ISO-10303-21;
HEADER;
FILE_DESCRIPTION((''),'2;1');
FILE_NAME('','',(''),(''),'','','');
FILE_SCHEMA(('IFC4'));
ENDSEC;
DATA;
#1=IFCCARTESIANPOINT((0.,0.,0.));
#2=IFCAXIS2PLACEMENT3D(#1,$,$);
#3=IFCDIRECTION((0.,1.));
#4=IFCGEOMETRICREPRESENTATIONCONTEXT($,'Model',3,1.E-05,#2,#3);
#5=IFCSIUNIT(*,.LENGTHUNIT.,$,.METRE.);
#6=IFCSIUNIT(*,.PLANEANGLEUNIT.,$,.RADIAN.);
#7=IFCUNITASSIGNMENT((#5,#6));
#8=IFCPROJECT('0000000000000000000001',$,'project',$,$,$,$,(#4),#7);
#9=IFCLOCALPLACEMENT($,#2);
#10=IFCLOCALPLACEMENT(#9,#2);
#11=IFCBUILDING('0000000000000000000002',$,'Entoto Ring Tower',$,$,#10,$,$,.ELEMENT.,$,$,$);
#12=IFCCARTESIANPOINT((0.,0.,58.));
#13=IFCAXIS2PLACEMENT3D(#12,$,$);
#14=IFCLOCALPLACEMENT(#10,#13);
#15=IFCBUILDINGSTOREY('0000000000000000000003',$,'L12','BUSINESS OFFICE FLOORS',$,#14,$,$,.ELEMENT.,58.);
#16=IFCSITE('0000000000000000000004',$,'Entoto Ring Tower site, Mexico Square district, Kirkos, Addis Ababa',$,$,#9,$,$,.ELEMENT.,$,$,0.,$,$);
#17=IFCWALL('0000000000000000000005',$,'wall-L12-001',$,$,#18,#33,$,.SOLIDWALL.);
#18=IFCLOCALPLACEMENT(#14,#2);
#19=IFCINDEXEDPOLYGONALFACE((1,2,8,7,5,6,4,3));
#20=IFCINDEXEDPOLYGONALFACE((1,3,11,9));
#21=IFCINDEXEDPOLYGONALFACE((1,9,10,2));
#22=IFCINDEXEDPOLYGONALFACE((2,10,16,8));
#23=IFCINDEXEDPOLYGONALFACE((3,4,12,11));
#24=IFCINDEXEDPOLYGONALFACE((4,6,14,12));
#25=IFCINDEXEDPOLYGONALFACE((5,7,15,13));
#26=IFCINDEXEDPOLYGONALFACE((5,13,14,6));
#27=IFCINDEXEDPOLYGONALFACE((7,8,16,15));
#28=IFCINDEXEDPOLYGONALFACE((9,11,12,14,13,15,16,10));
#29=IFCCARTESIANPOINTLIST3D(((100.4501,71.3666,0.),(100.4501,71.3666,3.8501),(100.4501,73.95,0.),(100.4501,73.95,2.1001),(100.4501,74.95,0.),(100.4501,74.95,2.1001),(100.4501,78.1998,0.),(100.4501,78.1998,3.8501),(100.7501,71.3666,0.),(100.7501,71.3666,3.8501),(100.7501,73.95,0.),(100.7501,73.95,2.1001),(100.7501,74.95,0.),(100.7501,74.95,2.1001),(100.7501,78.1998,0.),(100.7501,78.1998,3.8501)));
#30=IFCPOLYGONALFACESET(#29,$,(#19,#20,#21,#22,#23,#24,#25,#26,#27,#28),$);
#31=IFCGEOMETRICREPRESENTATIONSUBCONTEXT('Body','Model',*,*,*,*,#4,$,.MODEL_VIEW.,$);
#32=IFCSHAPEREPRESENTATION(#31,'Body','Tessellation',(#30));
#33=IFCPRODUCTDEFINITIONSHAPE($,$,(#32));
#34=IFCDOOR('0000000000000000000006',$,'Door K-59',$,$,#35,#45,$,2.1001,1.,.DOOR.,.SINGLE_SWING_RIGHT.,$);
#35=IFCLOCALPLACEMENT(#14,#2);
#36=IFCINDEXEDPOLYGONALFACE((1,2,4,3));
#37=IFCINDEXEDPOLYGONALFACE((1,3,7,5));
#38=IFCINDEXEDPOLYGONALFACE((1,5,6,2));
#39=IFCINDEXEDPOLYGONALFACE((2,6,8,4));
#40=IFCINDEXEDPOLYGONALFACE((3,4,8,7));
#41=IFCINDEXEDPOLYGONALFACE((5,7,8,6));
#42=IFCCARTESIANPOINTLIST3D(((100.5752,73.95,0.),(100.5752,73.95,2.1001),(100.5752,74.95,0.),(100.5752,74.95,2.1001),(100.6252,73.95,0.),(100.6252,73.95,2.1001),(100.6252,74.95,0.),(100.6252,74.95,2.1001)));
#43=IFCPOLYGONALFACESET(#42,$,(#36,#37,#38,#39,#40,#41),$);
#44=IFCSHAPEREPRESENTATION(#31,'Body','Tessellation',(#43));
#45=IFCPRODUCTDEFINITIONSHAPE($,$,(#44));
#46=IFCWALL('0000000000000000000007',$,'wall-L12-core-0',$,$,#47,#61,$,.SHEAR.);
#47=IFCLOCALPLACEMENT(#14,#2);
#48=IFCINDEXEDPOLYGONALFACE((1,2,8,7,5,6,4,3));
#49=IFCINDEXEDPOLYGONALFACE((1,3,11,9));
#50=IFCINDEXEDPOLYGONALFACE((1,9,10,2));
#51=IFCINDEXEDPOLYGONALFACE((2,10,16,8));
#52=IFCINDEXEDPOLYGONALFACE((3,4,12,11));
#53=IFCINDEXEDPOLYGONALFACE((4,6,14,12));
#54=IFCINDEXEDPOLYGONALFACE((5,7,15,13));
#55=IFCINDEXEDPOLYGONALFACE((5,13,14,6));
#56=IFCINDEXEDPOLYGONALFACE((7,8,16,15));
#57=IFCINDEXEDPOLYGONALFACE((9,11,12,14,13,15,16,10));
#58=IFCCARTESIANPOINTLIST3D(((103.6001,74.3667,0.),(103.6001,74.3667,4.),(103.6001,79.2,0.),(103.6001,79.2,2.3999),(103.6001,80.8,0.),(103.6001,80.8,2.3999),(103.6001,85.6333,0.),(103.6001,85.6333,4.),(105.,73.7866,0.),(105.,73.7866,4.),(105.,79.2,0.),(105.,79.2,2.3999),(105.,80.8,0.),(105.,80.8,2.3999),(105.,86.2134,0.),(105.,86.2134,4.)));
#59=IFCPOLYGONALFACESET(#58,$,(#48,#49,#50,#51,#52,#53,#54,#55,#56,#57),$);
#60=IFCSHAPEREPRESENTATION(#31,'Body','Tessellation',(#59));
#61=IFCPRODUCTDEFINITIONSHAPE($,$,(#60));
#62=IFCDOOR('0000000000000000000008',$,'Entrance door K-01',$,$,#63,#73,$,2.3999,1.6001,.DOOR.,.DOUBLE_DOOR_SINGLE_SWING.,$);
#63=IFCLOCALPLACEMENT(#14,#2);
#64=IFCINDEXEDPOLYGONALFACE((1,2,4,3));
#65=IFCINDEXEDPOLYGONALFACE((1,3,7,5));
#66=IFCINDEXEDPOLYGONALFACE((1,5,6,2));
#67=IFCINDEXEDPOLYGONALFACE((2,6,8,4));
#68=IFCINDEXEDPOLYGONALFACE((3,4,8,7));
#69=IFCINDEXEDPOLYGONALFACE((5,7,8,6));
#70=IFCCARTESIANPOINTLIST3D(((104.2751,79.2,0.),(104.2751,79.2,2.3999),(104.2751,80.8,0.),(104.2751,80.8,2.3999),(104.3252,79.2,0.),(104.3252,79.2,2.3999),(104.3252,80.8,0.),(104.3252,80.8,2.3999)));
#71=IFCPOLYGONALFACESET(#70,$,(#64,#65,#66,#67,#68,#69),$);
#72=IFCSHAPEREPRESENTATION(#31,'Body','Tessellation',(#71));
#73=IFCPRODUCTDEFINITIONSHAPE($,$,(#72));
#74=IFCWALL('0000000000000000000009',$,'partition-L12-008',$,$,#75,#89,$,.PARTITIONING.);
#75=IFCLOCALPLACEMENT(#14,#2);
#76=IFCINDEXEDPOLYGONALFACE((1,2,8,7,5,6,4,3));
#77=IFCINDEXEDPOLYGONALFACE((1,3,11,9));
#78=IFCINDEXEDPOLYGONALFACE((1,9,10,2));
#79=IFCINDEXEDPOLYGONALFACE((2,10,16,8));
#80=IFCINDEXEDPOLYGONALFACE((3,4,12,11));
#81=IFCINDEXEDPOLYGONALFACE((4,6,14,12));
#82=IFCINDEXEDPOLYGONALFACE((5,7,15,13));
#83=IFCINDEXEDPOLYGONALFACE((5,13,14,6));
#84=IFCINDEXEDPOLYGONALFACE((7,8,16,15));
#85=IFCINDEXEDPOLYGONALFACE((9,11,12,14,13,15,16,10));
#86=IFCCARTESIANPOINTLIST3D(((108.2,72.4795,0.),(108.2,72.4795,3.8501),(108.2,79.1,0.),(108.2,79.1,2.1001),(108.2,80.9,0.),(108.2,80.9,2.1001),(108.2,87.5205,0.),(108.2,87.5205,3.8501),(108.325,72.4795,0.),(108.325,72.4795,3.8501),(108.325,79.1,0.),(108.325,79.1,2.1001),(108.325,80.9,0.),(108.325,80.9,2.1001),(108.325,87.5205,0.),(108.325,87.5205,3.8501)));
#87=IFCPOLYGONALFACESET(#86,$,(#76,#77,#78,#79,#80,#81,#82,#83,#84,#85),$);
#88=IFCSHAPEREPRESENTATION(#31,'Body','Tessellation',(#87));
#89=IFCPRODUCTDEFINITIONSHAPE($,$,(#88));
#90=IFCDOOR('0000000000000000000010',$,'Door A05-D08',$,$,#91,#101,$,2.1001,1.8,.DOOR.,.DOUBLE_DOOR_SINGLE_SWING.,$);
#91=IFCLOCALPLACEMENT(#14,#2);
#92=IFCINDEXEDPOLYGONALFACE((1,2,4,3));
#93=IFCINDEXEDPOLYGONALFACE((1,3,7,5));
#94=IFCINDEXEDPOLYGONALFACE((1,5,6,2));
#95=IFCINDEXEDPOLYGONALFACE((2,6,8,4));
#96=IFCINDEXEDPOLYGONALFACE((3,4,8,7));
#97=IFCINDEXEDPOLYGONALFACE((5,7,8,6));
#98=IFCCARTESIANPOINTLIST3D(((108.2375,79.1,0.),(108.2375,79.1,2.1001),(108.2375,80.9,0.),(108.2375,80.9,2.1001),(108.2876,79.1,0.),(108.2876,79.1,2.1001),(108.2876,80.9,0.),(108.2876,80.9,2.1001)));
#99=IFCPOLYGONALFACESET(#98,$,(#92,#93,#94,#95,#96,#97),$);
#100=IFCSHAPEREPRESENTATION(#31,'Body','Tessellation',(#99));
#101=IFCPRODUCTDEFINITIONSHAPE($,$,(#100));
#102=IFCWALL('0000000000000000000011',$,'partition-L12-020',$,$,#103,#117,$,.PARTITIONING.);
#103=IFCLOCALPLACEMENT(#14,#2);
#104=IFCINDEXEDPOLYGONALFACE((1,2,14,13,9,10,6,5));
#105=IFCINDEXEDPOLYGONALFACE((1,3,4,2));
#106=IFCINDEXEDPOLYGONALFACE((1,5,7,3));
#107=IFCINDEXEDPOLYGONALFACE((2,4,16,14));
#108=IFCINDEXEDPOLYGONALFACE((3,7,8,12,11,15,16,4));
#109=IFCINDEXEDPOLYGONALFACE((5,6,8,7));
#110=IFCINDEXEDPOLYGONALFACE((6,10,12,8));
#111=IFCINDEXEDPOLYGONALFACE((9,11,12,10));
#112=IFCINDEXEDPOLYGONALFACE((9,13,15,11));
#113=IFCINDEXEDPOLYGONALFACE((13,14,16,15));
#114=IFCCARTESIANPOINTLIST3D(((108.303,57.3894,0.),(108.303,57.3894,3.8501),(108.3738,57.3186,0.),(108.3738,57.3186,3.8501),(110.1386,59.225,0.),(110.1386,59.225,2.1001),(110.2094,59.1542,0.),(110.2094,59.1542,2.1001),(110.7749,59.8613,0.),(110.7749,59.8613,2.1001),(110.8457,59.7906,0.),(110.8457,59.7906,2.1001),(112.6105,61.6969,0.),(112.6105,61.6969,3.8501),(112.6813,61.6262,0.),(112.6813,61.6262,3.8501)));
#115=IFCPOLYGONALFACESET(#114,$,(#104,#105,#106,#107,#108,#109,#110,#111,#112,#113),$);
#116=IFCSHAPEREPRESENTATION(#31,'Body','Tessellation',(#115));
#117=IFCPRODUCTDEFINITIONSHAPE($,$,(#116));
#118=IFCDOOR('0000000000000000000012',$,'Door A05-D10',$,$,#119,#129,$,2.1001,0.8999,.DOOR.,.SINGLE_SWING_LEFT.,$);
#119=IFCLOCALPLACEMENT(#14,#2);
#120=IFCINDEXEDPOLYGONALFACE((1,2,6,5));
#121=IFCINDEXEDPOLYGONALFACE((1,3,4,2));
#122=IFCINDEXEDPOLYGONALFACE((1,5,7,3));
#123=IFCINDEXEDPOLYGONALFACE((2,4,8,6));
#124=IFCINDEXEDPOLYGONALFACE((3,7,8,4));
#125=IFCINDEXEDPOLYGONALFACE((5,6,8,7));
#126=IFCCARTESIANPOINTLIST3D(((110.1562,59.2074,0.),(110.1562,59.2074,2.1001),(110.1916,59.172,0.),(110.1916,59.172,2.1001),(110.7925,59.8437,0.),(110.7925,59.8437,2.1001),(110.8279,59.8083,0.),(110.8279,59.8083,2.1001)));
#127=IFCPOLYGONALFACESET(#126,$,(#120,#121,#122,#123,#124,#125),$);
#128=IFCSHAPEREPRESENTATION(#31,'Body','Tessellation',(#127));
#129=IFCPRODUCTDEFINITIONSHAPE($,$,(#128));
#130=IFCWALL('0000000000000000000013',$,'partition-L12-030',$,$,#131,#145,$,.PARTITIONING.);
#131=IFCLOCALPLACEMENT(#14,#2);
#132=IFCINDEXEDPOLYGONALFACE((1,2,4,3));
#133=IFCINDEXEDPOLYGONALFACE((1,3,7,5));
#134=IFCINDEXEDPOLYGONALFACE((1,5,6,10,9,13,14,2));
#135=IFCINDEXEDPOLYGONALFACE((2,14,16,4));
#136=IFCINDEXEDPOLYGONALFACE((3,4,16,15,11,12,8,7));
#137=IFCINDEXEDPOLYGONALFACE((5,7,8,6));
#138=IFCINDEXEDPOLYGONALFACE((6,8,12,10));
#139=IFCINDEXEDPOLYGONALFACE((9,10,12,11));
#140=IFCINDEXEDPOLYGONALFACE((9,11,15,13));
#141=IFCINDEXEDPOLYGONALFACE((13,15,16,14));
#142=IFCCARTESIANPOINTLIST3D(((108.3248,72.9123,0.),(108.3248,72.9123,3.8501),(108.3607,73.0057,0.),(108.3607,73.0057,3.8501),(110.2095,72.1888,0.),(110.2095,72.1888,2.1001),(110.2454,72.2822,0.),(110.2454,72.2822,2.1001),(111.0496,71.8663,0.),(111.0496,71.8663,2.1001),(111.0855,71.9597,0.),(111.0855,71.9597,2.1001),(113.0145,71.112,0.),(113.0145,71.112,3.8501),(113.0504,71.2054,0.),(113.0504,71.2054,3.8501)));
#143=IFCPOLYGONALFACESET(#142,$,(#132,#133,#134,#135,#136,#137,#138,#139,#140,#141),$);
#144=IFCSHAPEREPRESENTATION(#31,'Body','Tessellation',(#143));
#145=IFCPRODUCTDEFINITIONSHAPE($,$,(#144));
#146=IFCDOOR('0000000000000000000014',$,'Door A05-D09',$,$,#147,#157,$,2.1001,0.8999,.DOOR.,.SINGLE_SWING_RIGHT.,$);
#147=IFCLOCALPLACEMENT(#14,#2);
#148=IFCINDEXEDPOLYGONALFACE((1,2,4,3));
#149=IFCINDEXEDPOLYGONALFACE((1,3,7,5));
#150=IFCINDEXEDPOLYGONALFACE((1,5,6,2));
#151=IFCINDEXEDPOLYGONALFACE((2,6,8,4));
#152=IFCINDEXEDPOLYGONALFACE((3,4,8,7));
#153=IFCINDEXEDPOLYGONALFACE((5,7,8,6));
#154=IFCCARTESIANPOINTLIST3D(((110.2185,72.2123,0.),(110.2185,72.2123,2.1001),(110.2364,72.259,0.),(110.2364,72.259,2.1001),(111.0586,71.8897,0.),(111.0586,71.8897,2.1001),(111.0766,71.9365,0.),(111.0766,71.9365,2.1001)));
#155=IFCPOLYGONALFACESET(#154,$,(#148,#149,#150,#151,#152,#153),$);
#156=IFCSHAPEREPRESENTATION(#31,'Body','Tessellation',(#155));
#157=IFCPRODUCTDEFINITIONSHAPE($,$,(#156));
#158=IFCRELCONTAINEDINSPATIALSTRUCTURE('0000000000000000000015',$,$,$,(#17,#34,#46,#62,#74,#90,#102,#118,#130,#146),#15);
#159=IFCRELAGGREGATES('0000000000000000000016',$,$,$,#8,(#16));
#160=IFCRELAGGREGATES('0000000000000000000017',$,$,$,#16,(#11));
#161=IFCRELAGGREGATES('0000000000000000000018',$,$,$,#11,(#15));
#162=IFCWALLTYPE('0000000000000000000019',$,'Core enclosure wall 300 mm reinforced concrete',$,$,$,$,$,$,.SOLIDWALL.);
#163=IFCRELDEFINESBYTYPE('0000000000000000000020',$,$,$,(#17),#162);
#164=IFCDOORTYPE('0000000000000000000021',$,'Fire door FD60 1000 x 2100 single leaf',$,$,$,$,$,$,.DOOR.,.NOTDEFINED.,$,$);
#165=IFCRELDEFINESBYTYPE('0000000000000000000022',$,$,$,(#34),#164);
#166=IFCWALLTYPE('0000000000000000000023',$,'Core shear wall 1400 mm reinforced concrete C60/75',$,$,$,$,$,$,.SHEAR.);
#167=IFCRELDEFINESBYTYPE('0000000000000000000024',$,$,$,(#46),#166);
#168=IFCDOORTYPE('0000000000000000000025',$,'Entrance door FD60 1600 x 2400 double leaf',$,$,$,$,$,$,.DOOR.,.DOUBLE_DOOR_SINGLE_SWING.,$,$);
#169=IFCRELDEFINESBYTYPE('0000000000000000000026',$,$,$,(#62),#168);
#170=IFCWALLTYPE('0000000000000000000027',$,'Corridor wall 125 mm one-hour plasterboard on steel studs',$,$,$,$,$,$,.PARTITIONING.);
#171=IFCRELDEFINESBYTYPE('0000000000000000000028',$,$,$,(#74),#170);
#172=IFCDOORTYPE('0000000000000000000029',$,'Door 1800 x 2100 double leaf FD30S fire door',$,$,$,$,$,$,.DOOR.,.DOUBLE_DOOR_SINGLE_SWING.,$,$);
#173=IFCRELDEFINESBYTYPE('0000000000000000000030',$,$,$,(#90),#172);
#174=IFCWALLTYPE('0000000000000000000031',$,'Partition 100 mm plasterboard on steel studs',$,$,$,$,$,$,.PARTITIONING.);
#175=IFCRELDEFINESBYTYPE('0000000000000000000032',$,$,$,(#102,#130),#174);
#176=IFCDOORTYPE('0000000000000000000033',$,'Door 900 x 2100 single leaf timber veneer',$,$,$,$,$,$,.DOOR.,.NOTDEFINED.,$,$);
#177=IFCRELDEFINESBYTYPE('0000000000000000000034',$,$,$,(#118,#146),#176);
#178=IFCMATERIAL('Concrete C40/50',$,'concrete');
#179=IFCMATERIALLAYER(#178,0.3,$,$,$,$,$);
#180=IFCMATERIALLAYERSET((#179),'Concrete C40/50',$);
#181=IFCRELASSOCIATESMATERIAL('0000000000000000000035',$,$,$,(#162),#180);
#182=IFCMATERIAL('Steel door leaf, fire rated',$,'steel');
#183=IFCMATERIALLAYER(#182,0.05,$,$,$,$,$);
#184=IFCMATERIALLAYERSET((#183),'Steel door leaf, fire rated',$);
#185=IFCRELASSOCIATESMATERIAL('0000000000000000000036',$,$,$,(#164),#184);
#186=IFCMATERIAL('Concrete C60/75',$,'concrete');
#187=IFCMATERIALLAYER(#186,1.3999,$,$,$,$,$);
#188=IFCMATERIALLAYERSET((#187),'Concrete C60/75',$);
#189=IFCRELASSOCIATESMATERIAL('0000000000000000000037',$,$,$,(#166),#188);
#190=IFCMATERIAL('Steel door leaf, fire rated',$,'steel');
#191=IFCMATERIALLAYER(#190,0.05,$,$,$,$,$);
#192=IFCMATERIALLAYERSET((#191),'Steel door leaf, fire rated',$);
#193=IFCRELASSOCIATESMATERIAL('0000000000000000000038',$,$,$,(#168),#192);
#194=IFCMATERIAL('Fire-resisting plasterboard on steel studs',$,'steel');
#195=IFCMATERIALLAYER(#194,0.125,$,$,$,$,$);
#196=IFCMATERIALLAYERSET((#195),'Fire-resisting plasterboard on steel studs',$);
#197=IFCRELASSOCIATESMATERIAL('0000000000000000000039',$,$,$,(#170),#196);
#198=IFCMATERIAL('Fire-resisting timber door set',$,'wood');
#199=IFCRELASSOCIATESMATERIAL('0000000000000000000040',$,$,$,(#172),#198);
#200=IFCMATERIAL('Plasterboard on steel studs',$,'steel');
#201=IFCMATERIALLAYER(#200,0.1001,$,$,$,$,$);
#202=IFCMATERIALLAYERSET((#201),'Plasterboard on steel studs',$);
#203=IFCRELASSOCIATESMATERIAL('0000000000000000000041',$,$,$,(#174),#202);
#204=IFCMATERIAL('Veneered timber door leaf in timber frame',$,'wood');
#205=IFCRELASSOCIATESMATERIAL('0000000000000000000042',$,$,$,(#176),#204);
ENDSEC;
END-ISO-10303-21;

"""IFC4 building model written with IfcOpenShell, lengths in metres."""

from ifc_helpers import new_model, si_unit, direction, frame, frame_2d, origin, place, context, subcontext, project, spatial, polyline, rectangle, outline, extrude, material, layer, layer_set, type_object, element, fill, save


model = new_model("IFC4")

# Units and contexts
model_context = context("Model", 3, precision=1e-05, world=origin(), true_north=direction((0.0, 1.0)))
body_context = subcontext(model_context, "Body", "Model", "MODEL_VIEW")
ifc_project = project(units=[si_unit("LENGTHUNIT", "METRE"), si_unit("PLANEANGLEUNIT", "RADIAN")], contexts=[model_context])

# Site, building, storey
site_placement = place(None, origin())
site = spatial("IfcSite", under=ifc_project, at=site_placement, Name="Entoto Ring Tower site, Mexico Square district, Kirkos, Addis Ababa", CompositionType="ELEMENT", RefElevation=0.0)
building_placement = place(site_placement, origin())
building = spatial("IfcBuilding", under=site, at=building_placement, Name="Entoto Ring Tower", CompositionType="ELEMENT")
storey_placement = place(building_placement, frame((0.0, 0.0, 58.0)))
storey = spatial("IfcBuildingStorey", under=building, at=storey_placement, Name="L12", Description="BUSINESS OFFICE FLOORS", CompositionType="ELEMENT", Elevation=58.0)

# Walls, openings, doors
ifc_material_1 = material(Name="Concrete C40/50", Category="concrete")
ifc_layer_1 = layer(ifc_material_1, 0.3)
ifc_layer_set_1 = layer_set([ifc_layer_1], Name="Concrete C40/50")
wall_type_1 = type_object("IfcWallType", Name="Core enclosure wall 300 mm reinforced concrete", PredefinedType="SOLIDWALL", material=ifc_layer_set_1)
wall_1_placement = place(storey_placement, frame((100.6001, 71.3667, 0.0), z_axis=(0.0, 0.0, 1.0), x_axis=(0.0, 1.0, 0.0)))
wall_1 = element("IfcWall", 1, at=wall_1_placement, inside=storey, type_object=wall_type_1, Name="wall-L12-001", PredefinedType="SOLIDWALL", context=body_context, shape_type="SweptSolid", body=[
    extrude(rectangle(XDim=6.8333, YDim=0.3, at=frame_2d((3.4165, 0.0))), origin(), (0.0, 0.0, 1.0), 3.8501),
])
opening_1_placement = place(wall_1_placement, frame((2.5833, 0.0, 0.0)))
opening_1 = element("IfcOpeningElement", 2, at=opening_1_placement, cuts=wall_1, PredefinedType="OPENING", context=body_context, shape_type="SweptSolid", body=[
    extrude(rectangle(XDim=1.0, YDim=2.1001, at=frame_2d((0.5, 1.05))), frame((0.0, 0.1602, 0.0), z_axis=(0.0, -1.0, 0.0), x_axis=(1.0, 0.0, 0.0)), (0.0, 0.0, 1.0), 0.3201),
])
ifc_material_2 = material(Name="Steel door leaf, fire rated", Category="steel")
ifc_layer_2 = layer(ifc_material_2, 0.05)
ifc_layer_set_2 = layer_set([ifc_layer_2], Name="Steel door leaf, fire rated")
door_type_1 = type_object("IfcDoorType", Name="Fire door FD60 1000 x 2100 single leaf", OperationType="NOTDEFINED", PredefinedType="DOOR", material=ifc_layer_set_2)
door_1_placement = place(opening_1_placement, origin())
door_1 = element("IfcDoor", 3, at=door_1_placement, inside=storey, type_object=door_type_1, Name="Door K-59", OperationType="SINGLE_SWING_RIGHT", OverallHeight=2.1001, OverallWidth=1.0, PredefinedType="DOOR", context=body_context, shape_type="SweptSolid", body=[
    extrude(rectangle(XDim=1.0, YDim=2.1001, at=frame_2d((0.5, 1.05))), frame((0.0, 0.0249, 0.0), z_axis=(0.0, -1.0, 0.0), x_axis=(1.0, 0.0, 0.0)), (0.0, 0.0, 1.0), 0.05),
])
fill(opening_1, door_1)
ifc_material_3 = material(Name="Concrete C60/75", Category="concrete")
ifc_layer_3 = layer(ifc_material_3, 1.3999)
ifc_layer_set_3 = layer_set([ifc_layer_3], Name="Concrete C60/75")
wall_type_2 = type_object("IfcWallType", Name="Core shear wall 1400 mm reinforced concrete C60/75", PredefinedType="SHEAR", material=ifc_layer_set_3)
wall_2_placement = place(storey_placement, frame((104.3, 74.0767, 0.0), z_axis=(0.0, 0.0, 1.0), x_axis=(0.0, 1.0, 0.0)))
wall_2 = element("IfcWall", 4, at=wall_2_placement, inside=storey, type_object=wall_type_2, Name="wall-L12-core-0", PredefinedType="SHEAR", context=body_context, shape_type="SweptSolid", body=[
    extrude(outline(polyline([(-0.29, -0.7), (12.1367, -0.7), (11.5566, 0.7), (0.29, 0.7), (-0.29, -0.7)])), origin(), (0.0, 0.0, 1.0), 4.0),
])
opening_2_placement = place(wall_2_placement, frame((5.1233, 0.0, 0.0)))
opening_2 = element("IfcOpeningElement", 5, at=opening_2_placement, cuts=wall_2, PredefinedType="OPENING", context=body_context, shape_type="SweptSolid", body=[
    extrude(rectangle(XDim=1.6001, YDim=2.3999, at=frame_2d((0.8, 1.2))), frame((0.0, 0.71, 0.0), z_axis=(0.0, -1.0, 0.0), x_axis=(1.0, 0.0, 0.0)), (0.0, 0.0, 1.0), 1.4199),
])
ifc_material_4 = material(Name="Steel door leaf, fire rated", Category="steel")
ifc_layer_4 = layer(ifc_material_4, 0.05)
ifc_layer_set_4 = layer_set([ifc_layer_4], Name="Steel door leaf, fire rated")
door_type_2 = type_object("IfcDoorType", Name="Entrance door FD60 1600 x 2400 double leaf", OperationType="DOUBLE_DOOR_SINGLE_SWING", PredefinedType="DOOR", material=ifc_layer_set_4)
door_2_placement = place(opening_2_placement, origin())
door_2 = element("IfcDoor", 6, at=door_2_placement, inside=storey, type_object=door_type_2, Name="Entrance door K-01", OperationType="DOUBLE_DOOR_SINGLE_SWING", OverallHeight=2.3999, OverallWidth=1.6001, PredefinedType="DOOR", context=body_context, shape_type="SweptSolid", body=[
    extrude(rectangle(XDim=1.6001, YDim=2.3999, at=frame_2d((0.8, 1.2))), frame((0.0, 0.0249, 0.0), z_axis=(0.0, -1.0, 0.0), x_axis=(1.0, 0.0, 0.0)), (0.0, 0.0, 1.0), 0.05),
])
fill(opening_2, door_2)
ifc_material_5 = material(Name="Fire-resisting plasterboard on steel studs", Category="steel")
ifc_layer_5 = layer(ifc_material_5, 0.125)
ifc_layer_set_5 = layer_set([ifc_layer_5], Name="Fire-resisting plasterboard on steel studs")
wall_type_3 = type_object("IfcWallType", Name="Corridor wall 125 mm one-hour plasterboard on steel studs", PredefinedType="PARTITIONING", material=ifc_layer_set_5)
wall_3_placement = place(storey_placement, frame((108.2625, 72.4795, 0.0), z_axis=(0.0, 0.0, 1.0), x_axis=(0.0, 1.0, 0.0)))
wall_3 = element("IfcWall", 7, at=wall_3_placement, inside=storey, type_object=wall_type_3, Name="partition-L12-008", PredefinedType="PARTITIONING", context=body_context, shape_type="SweptSolid", body=[
    extrude(rectangle(XDim=15.041, YDim=0.125, at=frame_2d((7.5205, 0.0))), origin(), (0.0, 0.0, 1.0), 3.8501),
])
opening_3_placement = place(wall_3_placement, frame((6.6206, 0.0, 0.0)))
opening_3 = element("IfcOpeningElement", 8, at=opening_3_placement, cuts=wall_3, PredefinedType="OPENING", context=body_context, shape_type="SweptSolid", body=[
    extrude(rectangle(XDim=1.8, YDim=2.1001, at=frame_2d((0.8999, 1.05))), frame((0.0, 0.0725, 0.0), z_axis=(0.0, -1.0, 0.0), x_axis=(1.0, 0.0, 0.0)), (0.0, 0.0, 1.0), 0.145),
])
ifc_material_6 = material(Name="Fire-resisting timber door set", Category="wood")
door_type_3 = type_object("IfcDoorType", Name="Door 1800 x 2100 double leaf FD30S fire door", OperationType="DOUBLE_DOOR_SINGLE_SWING", PredefinedType="DOOR", material=ifc_material_6)
door_3_placement = place(opening_3_placement, origin())
door_3 = element("IfcDoor", 9, at=door_3_placement, inside=storey, type_object=door_type_3, Name="Door A05-D08", OperationType="DOUBLE_DOOR_SINGLE_SWING", OverallHeight=2.1001, OverallWidth=1.8, PredefinedType="DOOR", context=body_context, shape_type="SweptSolid", body=[
    extrude(rectangle(XDim=1.8, YDim=2.1001, at=frame_2d((0.8999, 1.05))), frame((0.0, 0.0249, 0.0), z_axis=(0.0, -1.0, 0.0), x_axis=(1.0, 0.0, 0.0)), (0.0, 0.0, 1.0), 0.05),
])
fill(opening_3, door_3)
ifc_material_7 = material(Name="Plasterboard on steel studs", Category="steel")
ifc_layer_6 = layer(ifc_material_7, 0.1001)
ifc_layer_set_6 = layer_set([ifc_layer_6], Name="Plasterboard on steel studs")
wall_type_4 = type_object("IfcWallType", Name="Partition 100 mm plasterboard on steel studs", PredefinedType="PARTITIONING", material=ifc_layer_set_6)
wall_4_placement = place(storey_placement, frame((108.3384, 57.354, 0.0), z_axis=(0.0, 0.0, 1.0), x_axis=(0.707107, 0.707107, 0.0)))
wall_4 = element("IfcWall", 10, at=wall_4_placement, inside=storey, type_object=wall_type_4, Name="partition-L12-020", PredefinedType="PARTITIONING", context=body_context, shape_type="SweptSolid", body=[
    extrude(rectangle(XDim=6.0918, YDim=0.1001, at=frame_2d((3.0459, 0.0))), origin(), (0.0, 0.0, 1.0), 3.8501),
])
opening_4_placement = place(wall_4_placement, frame((2.5959, 0.0, 0.0)))
opening_4 = element("IfcOpeningElement", 11, at=opening_4_placement, cuts=wall_4, PredefinedType="OPENING", context=body_context, shape_type="SweptSolid", body=[
    extrude(rectangle(XDim=0.8999, YDim=2.1001, at=frame_2d((0.45, 1.05))), frame((0.0, 0.0601, 0.0), z_axis=(0.0, -1.0, 0.0), x_axis=(1.0, 0.0, 0.0)), (0.0, 0.0, 1.0), 0.1201),
])
ifc_material_8 = material(Name="Veneered timber door leaf in timber frame", Category="wood")
door_type_4 = type_object("IfcDoorType", Name="Door 900 x 2100 single leaf timber veneer", OperationType="NOTDEFINED", PredefinedType="DOOR", material=ifc_material_8)
door_4_placement = place(opening_4_placement, frame((0.8999, 0.0, 0.0), z_axis=(0.0, 0.0, 1.0), x_axis=(-1.0, 0.0, 0.0)))
door_4 = element("IfcDoor", 12, at=door_4_placement, inside=storey, type_object=door_type_4, Name="Door A05-D10", OperationType="SINGLE_SWING_LEFT", OverallHeight=2.1001, OverallWidth=0.8999, PredefinedType="DOOR", context=body_context, shape_type="SweptSolid", body=[
    extrude(rectangle(XDim=0.8999, YDim=2.1001, at=frame_2d((0.45, 1.05))), frame((0.0, 0.0249, 0.0), z_axis=(0.0, -1.0, 0.0), x_axis=(1.0, 0.0, 0.0)), (0.0, 0.0, 1.0), 0.05),
])
fill(opening_4, door_4)
wall_5_placement = place(storey_placement, frame((113.0325, 71.1587, 0.0), z_axis=(0.0, 0.0, 1.0), x_axis=(-0.933575, 0.358383, 0.0)))
wall_5 = element("IfcWall", 13, at=wall_5_placement, inside=storey, type_object=wall_type_4, Name="partition-L12-030", PredefinedType="PARTITIONING", context=body_context, shape_type="SweptSolid", body=[
    extrude(rectangle(XDim=5.0234, YDim=0.1001, at=frame_2d((2.5117, 0.0))), origin(), (0.0, 0.0, 1.0), 3.8501),
])
opening_5_placement = place(wall_5_placement, frame((2.1047, 0.0, 0.0)))
opening_5 = element("IfcOpeningElement", 14, at=opening_5_placement, cuts=wall_5, PredefinedType="OPENING", context=body_context, shape_type="SweptSolid", body=[
    extrude(rectangle(XDim=0.8999, YDim=2.1001, at=frame_2d((0.45, 1.05))), frame((0.0, 0.0601, 0.0), z_axis=(0.0, -1.0, 0.0), x_axis=(1.0, 0.0, 0.0)), (0.0, 0.0, 1.0), 0.1201),
])
door_5_placement = place(opening_5_placement, origin())
door_5 = element("IfcDoor", 15, at=door_5_placement, inside=storey, type_object=door_type_4, Name="Door A05-D09", OperationType="SINGLE_SWING_RIGHT", OverallHeight=2.1001, OverallWidth=0.8999, PredefinedType="DOOR", context=body_context, shape_type="SweptSolid", body=[
    extrude(rectangle(XDim=0.8999, YDim=2.1001, at=frame_2d((0.45, 1.05))), frame((0.0, 0.0249, 0.0), z_axis=(0.0, -1.0, 0.0), x_axis=(1.0, 0.0, 0.0)), (0.0, 0.0, 1.0), 0.05),
])
fill(opening_5, door_5)

save(model, "model.ifc")
